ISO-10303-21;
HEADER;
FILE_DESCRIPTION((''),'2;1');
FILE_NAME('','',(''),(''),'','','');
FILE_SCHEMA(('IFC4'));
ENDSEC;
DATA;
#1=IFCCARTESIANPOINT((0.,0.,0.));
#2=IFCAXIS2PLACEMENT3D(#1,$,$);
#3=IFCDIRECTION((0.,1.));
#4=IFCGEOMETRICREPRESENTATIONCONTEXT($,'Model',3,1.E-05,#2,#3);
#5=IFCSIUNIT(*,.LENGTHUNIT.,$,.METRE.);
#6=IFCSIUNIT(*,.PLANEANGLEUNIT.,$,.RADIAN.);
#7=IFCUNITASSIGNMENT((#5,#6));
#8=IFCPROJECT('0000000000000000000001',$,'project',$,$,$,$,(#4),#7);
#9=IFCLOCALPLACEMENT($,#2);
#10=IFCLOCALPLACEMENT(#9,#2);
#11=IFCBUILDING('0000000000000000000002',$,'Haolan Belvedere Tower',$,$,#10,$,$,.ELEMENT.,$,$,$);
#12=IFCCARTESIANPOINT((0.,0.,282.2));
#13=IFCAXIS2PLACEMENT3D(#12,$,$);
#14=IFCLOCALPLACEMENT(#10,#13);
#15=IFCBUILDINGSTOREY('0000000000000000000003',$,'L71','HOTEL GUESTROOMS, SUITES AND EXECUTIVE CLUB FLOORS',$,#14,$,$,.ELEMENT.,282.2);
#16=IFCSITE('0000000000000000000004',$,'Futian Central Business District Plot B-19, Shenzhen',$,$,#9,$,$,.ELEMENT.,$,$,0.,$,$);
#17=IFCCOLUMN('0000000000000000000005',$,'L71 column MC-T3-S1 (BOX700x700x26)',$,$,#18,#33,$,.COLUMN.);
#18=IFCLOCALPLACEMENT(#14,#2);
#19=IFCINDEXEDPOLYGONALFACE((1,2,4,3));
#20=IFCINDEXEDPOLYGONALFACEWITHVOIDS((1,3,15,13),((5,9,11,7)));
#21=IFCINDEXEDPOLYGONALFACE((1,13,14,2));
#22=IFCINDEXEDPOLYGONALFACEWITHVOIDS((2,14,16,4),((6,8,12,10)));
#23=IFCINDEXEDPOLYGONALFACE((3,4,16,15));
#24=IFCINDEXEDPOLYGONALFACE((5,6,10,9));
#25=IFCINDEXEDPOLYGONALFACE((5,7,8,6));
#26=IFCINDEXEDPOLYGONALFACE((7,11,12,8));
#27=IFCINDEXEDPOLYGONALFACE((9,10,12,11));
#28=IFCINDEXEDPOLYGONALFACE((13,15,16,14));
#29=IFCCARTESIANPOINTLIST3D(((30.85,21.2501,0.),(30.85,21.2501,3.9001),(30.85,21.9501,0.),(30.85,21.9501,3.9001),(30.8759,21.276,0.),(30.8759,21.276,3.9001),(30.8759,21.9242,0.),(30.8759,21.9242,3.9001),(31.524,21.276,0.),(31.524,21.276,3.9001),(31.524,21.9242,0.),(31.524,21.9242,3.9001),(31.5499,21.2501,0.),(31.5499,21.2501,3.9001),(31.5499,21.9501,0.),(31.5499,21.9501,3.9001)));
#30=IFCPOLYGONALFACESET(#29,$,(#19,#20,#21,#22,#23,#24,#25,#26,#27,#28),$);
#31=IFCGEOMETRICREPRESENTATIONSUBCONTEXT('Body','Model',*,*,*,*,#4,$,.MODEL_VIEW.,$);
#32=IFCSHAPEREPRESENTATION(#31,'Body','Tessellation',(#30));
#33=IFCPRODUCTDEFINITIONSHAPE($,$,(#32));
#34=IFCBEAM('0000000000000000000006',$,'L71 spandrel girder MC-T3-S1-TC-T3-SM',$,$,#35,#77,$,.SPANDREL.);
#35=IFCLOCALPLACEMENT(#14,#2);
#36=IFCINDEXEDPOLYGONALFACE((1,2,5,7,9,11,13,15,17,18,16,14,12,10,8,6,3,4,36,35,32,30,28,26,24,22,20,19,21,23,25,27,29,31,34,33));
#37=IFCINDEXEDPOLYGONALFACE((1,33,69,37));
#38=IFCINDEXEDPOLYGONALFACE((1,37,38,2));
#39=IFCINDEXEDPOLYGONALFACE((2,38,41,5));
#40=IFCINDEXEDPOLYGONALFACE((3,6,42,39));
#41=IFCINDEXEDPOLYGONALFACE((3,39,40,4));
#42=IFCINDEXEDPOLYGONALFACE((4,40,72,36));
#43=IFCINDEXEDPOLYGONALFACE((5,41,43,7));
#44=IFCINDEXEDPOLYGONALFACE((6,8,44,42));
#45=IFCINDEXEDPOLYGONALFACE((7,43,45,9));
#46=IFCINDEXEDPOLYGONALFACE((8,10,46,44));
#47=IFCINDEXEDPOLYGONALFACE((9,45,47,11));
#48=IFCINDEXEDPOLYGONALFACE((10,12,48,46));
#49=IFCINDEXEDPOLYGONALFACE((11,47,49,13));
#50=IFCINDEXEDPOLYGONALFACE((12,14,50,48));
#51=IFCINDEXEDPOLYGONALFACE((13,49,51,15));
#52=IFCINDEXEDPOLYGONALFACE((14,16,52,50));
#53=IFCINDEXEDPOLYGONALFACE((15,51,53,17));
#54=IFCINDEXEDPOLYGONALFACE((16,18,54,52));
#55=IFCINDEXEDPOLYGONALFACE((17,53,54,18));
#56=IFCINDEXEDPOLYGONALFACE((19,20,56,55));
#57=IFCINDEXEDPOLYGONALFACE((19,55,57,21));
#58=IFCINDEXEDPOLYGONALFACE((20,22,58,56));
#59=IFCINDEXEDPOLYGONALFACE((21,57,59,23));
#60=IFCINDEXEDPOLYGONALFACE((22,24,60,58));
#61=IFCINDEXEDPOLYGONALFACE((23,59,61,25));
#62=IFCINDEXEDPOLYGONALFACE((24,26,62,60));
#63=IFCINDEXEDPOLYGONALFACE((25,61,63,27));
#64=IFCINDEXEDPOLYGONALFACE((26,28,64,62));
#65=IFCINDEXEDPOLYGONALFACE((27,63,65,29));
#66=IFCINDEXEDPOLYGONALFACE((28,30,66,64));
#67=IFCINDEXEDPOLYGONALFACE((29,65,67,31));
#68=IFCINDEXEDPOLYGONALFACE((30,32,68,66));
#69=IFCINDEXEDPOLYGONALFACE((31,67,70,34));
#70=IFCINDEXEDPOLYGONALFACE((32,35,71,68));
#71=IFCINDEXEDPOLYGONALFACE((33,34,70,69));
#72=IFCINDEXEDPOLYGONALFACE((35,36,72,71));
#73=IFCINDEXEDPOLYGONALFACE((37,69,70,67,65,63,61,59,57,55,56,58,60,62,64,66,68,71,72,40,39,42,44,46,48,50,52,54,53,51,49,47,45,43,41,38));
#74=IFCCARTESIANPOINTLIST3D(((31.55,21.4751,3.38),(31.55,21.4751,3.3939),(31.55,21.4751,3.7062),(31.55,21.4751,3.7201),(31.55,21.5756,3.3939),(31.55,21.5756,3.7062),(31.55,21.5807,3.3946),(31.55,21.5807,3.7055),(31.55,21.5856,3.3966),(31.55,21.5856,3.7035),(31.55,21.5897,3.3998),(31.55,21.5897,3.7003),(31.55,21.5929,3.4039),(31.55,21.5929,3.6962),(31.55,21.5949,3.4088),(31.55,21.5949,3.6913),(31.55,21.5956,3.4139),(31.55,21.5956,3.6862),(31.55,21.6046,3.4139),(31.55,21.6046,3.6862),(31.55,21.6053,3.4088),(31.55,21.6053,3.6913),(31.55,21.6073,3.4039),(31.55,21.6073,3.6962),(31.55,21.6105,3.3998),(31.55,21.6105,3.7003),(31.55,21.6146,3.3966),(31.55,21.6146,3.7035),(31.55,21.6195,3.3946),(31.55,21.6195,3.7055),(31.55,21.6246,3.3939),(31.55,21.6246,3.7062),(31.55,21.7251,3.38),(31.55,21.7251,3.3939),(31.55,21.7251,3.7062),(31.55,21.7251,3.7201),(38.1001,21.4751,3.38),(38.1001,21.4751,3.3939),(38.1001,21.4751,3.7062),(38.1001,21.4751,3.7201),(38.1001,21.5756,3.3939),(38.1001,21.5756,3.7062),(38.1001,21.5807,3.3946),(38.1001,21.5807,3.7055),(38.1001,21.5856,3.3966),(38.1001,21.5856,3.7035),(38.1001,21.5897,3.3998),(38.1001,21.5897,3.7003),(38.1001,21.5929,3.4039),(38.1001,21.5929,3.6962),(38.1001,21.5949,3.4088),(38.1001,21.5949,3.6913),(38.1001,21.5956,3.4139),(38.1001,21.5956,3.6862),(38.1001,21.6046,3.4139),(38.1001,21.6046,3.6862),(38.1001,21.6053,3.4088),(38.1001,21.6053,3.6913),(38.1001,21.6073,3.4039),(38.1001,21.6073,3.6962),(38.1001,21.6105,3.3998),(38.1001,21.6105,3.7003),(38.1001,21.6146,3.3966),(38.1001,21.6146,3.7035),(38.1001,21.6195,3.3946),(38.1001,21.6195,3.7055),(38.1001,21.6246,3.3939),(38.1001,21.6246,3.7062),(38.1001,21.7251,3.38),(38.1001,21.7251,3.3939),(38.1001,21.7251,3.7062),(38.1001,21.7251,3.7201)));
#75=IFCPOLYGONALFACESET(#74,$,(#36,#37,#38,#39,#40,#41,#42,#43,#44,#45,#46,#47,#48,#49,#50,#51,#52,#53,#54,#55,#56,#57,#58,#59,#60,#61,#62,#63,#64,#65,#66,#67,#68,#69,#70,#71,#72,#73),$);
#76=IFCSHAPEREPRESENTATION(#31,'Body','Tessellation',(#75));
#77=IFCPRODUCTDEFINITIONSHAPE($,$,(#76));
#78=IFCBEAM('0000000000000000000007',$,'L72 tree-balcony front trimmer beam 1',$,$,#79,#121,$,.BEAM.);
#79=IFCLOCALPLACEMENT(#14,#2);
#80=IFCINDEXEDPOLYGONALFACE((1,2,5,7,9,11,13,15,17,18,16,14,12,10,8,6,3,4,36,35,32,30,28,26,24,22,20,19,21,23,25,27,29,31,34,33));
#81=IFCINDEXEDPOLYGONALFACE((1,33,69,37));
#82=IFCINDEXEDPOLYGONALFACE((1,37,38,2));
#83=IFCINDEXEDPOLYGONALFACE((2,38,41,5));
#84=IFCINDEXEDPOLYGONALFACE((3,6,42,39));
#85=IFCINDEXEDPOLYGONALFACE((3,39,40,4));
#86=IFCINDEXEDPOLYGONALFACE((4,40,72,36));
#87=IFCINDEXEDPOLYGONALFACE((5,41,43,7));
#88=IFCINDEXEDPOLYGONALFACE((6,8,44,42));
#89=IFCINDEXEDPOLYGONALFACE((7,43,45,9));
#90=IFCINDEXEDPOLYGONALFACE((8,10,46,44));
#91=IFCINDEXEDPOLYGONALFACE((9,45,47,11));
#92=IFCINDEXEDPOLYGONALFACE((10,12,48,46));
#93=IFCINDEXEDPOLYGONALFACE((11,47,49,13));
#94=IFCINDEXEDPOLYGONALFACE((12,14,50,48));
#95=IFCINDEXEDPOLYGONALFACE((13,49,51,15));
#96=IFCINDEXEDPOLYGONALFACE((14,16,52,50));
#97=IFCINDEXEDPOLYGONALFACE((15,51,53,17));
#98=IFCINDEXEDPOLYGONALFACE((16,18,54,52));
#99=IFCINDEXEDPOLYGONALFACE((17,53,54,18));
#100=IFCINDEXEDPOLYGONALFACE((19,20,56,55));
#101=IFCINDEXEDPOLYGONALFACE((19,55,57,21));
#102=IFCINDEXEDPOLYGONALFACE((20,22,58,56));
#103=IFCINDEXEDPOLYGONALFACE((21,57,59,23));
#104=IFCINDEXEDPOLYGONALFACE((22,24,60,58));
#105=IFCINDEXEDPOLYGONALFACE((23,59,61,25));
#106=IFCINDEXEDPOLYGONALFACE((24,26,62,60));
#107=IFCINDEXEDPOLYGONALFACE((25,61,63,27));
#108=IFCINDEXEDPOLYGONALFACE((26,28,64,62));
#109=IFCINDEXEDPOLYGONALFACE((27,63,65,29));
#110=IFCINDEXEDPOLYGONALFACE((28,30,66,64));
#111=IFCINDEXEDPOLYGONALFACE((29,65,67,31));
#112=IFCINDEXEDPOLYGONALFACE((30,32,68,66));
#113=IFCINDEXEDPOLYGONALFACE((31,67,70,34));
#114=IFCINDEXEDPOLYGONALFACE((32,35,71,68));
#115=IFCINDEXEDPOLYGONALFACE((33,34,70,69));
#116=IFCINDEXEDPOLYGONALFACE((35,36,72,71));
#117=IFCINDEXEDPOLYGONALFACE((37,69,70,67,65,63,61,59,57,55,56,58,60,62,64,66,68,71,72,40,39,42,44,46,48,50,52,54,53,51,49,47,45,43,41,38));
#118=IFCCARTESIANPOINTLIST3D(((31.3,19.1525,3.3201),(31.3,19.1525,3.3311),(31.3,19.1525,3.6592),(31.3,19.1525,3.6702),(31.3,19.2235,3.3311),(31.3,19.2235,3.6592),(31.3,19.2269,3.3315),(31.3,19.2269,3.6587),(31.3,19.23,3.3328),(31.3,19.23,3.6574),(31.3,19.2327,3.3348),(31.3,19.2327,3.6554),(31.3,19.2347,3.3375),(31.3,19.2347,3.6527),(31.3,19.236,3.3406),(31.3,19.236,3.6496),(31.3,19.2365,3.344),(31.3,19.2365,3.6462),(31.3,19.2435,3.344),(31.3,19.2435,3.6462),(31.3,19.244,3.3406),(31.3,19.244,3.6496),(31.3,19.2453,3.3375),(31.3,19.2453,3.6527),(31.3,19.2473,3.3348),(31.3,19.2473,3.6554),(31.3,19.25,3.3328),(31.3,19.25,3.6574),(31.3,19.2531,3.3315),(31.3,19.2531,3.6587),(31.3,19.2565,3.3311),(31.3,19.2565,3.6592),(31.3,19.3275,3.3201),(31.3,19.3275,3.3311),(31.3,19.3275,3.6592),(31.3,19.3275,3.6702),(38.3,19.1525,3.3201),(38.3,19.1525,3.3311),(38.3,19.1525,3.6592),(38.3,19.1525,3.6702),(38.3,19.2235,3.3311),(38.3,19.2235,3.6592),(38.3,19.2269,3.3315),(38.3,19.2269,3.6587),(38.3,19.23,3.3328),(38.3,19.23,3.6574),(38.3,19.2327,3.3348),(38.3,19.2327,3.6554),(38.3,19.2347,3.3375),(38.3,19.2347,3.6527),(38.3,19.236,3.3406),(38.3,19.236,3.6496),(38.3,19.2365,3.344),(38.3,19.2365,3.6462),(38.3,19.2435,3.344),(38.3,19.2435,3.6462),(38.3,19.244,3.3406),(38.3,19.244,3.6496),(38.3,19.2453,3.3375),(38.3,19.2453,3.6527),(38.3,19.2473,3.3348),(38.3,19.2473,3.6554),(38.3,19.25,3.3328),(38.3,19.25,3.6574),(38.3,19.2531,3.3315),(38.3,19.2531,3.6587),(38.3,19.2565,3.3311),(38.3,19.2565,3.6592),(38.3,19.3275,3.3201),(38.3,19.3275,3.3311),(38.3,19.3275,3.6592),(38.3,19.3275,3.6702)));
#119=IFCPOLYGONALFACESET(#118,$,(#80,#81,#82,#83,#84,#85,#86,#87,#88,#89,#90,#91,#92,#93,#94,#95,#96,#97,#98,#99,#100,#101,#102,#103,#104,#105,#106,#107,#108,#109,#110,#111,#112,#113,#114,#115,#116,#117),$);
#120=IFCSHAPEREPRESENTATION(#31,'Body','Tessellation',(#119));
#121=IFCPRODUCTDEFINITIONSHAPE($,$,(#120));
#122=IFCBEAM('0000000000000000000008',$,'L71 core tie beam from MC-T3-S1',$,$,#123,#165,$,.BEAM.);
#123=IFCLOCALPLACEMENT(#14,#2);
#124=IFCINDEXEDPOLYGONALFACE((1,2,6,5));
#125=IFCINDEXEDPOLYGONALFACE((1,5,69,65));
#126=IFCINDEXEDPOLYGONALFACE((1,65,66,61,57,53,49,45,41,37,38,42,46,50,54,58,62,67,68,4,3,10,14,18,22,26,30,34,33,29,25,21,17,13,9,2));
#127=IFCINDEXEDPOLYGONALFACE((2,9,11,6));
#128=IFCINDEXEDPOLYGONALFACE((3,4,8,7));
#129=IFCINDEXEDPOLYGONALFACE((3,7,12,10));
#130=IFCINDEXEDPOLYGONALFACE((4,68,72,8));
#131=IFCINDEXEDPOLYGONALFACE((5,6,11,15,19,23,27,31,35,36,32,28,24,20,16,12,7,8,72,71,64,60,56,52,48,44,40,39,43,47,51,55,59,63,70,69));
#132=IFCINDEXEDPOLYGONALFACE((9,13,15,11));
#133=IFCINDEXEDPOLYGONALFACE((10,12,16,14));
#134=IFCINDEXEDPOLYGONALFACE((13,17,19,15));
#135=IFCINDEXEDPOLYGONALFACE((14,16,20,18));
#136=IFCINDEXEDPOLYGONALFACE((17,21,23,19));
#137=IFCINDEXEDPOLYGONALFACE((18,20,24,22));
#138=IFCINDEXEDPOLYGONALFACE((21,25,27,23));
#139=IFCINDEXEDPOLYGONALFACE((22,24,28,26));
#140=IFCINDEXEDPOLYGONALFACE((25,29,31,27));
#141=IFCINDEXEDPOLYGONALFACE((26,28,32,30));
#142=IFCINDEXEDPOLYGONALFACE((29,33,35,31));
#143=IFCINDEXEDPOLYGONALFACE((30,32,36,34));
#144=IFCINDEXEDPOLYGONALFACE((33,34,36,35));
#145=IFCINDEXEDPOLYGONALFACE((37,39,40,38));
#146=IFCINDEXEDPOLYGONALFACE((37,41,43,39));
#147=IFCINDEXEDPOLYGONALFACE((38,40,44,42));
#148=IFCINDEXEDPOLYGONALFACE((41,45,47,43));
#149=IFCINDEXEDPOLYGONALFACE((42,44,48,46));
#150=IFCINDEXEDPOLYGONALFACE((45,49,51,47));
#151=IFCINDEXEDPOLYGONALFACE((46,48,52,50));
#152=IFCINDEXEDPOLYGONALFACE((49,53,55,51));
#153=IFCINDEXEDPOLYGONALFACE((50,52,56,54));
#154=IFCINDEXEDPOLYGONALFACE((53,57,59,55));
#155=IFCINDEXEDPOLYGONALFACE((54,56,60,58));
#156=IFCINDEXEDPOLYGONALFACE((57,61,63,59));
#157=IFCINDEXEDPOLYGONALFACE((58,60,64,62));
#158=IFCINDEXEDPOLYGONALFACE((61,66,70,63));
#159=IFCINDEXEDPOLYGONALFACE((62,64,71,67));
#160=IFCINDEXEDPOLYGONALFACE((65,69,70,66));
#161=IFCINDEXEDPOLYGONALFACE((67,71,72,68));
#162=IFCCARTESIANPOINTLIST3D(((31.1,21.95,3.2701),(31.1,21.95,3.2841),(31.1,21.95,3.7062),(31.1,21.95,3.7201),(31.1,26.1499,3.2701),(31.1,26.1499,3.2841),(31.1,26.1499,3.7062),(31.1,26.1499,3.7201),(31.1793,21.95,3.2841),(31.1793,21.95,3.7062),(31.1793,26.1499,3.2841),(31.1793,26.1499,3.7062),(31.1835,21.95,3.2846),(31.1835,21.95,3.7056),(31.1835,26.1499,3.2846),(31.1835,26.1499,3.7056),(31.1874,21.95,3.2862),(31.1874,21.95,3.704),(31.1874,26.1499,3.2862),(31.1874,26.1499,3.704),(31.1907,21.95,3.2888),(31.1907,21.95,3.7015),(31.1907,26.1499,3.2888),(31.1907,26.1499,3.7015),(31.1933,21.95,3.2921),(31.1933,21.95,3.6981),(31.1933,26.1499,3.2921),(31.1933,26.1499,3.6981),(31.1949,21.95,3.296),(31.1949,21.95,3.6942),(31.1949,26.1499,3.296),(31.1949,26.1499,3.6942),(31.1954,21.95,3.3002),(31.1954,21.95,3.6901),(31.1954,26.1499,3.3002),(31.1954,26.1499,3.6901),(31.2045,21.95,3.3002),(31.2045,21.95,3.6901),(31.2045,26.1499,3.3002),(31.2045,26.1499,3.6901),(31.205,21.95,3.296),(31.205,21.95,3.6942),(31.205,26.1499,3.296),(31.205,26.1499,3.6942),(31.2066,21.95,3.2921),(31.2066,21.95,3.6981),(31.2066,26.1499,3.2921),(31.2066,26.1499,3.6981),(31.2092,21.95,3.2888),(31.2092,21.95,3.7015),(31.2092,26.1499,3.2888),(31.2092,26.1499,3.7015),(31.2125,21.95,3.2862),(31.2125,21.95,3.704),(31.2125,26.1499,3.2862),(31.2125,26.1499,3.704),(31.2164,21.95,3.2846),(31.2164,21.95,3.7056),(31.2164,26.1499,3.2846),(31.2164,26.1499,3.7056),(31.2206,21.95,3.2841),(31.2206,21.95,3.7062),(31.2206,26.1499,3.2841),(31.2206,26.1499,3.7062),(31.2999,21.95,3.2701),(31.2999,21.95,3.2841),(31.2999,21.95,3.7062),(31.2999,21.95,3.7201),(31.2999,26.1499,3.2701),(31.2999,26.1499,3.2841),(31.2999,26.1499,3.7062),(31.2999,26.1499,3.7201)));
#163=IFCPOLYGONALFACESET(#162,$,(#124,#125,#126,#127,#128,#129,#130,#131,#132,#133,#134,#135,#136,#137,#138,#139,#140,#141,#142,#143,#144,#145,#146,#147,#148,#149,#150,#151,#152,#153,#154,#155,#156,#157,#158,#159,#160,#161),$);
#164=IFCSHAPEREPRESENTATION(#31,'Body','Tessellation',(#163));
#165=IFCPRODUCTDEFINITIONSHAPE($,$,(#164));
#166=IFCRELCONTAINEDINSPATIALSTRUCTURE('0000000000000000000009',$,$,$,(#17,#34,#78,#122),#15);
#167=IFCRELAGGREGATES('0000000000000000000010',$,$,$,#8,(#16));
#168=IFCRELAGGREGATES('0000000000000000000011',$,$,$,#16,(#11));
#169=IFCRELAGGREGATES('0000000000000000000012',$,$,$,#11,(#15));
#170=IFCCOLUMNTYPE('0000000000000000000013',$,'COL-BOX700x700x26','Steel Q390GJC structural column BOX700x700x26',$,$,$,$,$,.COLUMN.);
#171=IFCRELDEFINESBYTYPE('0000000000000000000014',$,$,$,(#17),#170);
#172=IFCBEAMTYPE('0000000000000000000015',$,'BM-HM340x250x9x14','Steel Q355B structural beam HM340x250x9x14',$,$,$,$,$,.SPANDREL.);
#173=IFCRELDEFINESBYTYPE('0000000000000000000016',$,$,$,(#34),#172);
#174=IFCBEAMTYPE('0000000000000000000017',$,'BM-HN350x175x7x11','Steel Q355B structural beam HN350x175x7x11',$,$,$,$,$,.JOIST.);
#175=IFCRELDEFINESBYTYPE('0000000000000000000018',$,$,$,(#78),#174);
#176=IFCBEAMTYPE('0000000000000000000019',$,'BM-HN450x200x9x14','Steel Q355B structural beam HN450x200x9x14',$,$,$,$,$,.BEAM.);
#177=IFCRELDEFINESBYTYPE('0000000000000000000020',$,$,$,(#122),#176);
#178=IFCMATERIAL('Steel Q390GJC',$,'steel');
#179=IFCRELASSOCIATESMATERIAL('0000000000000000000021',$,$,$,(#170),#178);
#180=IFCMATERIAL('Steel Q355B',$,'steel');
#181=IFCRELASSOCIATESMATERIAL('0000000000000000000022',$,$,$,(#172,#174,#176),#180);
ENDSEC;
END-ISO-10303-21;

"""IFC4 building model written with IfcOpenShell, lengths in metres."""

from ifc_helpers import new_model, si_unit, direction, frame, origin, origin_2d, place, context, subcontext, project, spatial, hollow_rectangle, i_section, extrude, material, material_profile, profile_set, type_object, element, save


model = new_model("IFC4")

# Units and contexts
model_context = context("Model", 3, precision=1e-05, world=origin(), true_north=direction((0.0, 1.0)))
body_context = subcontext(model_context, "Body", "Model", "MODEL_VIEW")
ifc_project = project(units=[si_unit("LENGTHUNIT", "METRE"), si_unit("PLANEANGLEUNIT", "RADIAN")], contexts=[model_context])

# Site, building, storey
site_placement = place(None, origin())
site = spatial("IfcSite", under=ifc_project, at=site_placement, Name="Futian Central Business District Plot B-19, Shenzhen", CompositionType="ELEMENT", RefElevation=0.0)
building_placement = place(site_placement, origin())
building = spatial("IfcBuilding", under=site, at=building_placement, Name="Haolan Belvedere Tower", CompositionType="ELEMENT")
storey_placement = place(building_placement, frame((0.0, 0.0, 282.2)))
storey = spatial("IfcBuildingStorey", under=building, at=storey_placement, Name="L71", Description="HOTEL GUESTROOMS, SUITES AND EXECUTIVE CLUB FLOORS", CompositionType="ELEMENT", Elevation=282.2)

# Column
ifc_material_1 = material(Name="Steel Q390GJC", Category="steel")
ifc_material_profile_1 = material_profile(ifc_material_1, hollow_rectangle(XDim=0.7, YDim=0.7, WallThickness=0.0259, at=origin_2d()), Name="Steel Q390GJC")
ifc_profile_set_1 = profile_set([ifc_material_profile_1], Name="Steel Q390GJC")
column_type = type_object("IfcColumnType", Name="COL-BOX700x700x26", Description="Steel Q390GJC structural column BOX700x700x26", PredefinedType="COLUMN", material=ifc_profile_set_1)
column_placement = place(storey_placement, frame((31.2, 21.6001, 0.0), z_axis=(0.0, 0.0, 1.0), x_axis=(1.0, 0.0, 0.0)))
element("IfcColumn", 1, at=column_placement, inside=storey, type_object=column_type, Name="L71 column MC-T3-S1 (BOX700x700x26)", PredefinedType="COLUMN", context=body_context, shape_type="SweptSolid", body=[
    extrude(hollow_rectangle(XDim=0.7, YDim=0.7, WallThickness=0.0259, at=origin_2d()), origin(), (0.0, 0.0, 1.0), 3.9001),
])

# Beams
ifc_material_2 = material(Name="Steel Q355B", Category="steel")
ifc_material_profile_2 = material_profile(ifc_material_2, i_section(OverallWidth=0.25, OverallDepth=0.3401, WebThickness=0.009, FlangeThickness=0.0139, FilletRadius=0.02, at=origin_2d()), Name="Steel Q355B")
ifc_profile_set_2 = profile_set([ifc_material_profile_2], Name="Steel Q355B")
beam_type_1 = type_object("IfcBeamType", Name="BM-HM340x250x9x14", Description="Steel Q355B structural beam HM340x250x9x14", PredefinedType="SPANDREL", material=ifc_profile_set_2)
beam_1_placement = place(storey_placement, frame((31.55, 21.6001, 3.55), z_axis=(1.0, 0.0, 0.0), x_axis=(0.0, 1.0, 0.0)))
element("IfcBeam", 2, at=beam_1_placement, inside=storey, type_object=beam_type_1, Name="L71 spandrel girder MC-T3-S1-TC-T3-SM", PredefinedType="SPANDREL", context=body_context, shape_type="SweptSolid", body=[
    extrude(i_section(OverallWidth=0.25, OverallDepth=0.3401, WebThickness=0.009, FlangeThickness=0.0139, FilletRadius=0.02, at=origin_2d()), origin(), (0.0, 0.0, 1.0), 6.55),
])
ifc_material_profile_3 = material_profile(ifc_material_2, i_section(OverallWidth=0.175, OverallDepth=0.3501, WebThickness=0.0071, FlangeThickness=0.011, FilletRadius=0.0129, at=origin_2d()), Name="Steel Q355B")
ifc_profile_set_3 = profile_set([ifc_material_profile_3], Name="Steel Q355B")
beam_type_2 = type_object("IfcBeamType", Name="BM-HN350x175x7x11", Description="Steel Q355B structural beam HN350x175x7x11", PredefinedType="JOIST", material=ifc_profile_set_3)
beam_2_placement = place(storey_placement, frame((31.3, 19.24, 3.4951), z_axis=(1.0, 0.0, 0.0), x_axis=(0.0, 1.0, 0.0)))
element("IfcBeam", 3, at=beam_2_placement, inside=storey, type_object=beam_type_2, Name="L72 tree-balcony front trimmer beam 1", PredefinedType="BEAM", context=body_context, shape_type="SweptSolid", body=[
    extrude(i_section(OverallWidth=0.175, OverallDepth=0.3501, WebThickness=0.0071, FlangeThickness=0.011, FilletRadius=0.0129, at=origin_2d()), origin(), (0.0, 0.0, 1.0), 7.0),
])
ifc_material_profile_4 = material_profile(ifc_material_2, i_section(OverallWidth=0.2, OverallDepth=0.45, WebThickness=0.009, FlangeThickness=0.0139, FilletRadius=0.0161, at=origin_2d()), Name="Steel Q355B")
ifc_profile_set_4 = profile_set([ifc_material_profile_4], Name="Steel Q355B")
beam_type_3 = type_object("IfcBeamType", Name="BM-HN450x200x9x14", Description="Steel Q355B structural beam HN450x200x9x14", PredefinedType="BEAM", material=ifc_profile_set_4)
beam_3_placement = place(storey_placement, frame((31.2, 21.95, 3.4951), z_axis=(0.0, 1.0, 0.0), x_axis=(-1.0, 0.0, 0.0)))
element("IfcBeam", 4, at=beam_3_placement, inside=storey, type_object=beam_type_3, Name="L71 core tie beam from MC-T3-S1", PredefinedType="BEAM", context=body_context, shape_type="SweptSolid", body=[
    extrude(i_section(OverallWidth=0.2, OverallDepth=0.45, WebThickness=0.009, FlangeThickness=0.0139, FilletRadius=0.0161, at=origin_2d()), origin(), (0.0, 0.0, 1.0), 4.2),
])

save(model, "model.ifc")
